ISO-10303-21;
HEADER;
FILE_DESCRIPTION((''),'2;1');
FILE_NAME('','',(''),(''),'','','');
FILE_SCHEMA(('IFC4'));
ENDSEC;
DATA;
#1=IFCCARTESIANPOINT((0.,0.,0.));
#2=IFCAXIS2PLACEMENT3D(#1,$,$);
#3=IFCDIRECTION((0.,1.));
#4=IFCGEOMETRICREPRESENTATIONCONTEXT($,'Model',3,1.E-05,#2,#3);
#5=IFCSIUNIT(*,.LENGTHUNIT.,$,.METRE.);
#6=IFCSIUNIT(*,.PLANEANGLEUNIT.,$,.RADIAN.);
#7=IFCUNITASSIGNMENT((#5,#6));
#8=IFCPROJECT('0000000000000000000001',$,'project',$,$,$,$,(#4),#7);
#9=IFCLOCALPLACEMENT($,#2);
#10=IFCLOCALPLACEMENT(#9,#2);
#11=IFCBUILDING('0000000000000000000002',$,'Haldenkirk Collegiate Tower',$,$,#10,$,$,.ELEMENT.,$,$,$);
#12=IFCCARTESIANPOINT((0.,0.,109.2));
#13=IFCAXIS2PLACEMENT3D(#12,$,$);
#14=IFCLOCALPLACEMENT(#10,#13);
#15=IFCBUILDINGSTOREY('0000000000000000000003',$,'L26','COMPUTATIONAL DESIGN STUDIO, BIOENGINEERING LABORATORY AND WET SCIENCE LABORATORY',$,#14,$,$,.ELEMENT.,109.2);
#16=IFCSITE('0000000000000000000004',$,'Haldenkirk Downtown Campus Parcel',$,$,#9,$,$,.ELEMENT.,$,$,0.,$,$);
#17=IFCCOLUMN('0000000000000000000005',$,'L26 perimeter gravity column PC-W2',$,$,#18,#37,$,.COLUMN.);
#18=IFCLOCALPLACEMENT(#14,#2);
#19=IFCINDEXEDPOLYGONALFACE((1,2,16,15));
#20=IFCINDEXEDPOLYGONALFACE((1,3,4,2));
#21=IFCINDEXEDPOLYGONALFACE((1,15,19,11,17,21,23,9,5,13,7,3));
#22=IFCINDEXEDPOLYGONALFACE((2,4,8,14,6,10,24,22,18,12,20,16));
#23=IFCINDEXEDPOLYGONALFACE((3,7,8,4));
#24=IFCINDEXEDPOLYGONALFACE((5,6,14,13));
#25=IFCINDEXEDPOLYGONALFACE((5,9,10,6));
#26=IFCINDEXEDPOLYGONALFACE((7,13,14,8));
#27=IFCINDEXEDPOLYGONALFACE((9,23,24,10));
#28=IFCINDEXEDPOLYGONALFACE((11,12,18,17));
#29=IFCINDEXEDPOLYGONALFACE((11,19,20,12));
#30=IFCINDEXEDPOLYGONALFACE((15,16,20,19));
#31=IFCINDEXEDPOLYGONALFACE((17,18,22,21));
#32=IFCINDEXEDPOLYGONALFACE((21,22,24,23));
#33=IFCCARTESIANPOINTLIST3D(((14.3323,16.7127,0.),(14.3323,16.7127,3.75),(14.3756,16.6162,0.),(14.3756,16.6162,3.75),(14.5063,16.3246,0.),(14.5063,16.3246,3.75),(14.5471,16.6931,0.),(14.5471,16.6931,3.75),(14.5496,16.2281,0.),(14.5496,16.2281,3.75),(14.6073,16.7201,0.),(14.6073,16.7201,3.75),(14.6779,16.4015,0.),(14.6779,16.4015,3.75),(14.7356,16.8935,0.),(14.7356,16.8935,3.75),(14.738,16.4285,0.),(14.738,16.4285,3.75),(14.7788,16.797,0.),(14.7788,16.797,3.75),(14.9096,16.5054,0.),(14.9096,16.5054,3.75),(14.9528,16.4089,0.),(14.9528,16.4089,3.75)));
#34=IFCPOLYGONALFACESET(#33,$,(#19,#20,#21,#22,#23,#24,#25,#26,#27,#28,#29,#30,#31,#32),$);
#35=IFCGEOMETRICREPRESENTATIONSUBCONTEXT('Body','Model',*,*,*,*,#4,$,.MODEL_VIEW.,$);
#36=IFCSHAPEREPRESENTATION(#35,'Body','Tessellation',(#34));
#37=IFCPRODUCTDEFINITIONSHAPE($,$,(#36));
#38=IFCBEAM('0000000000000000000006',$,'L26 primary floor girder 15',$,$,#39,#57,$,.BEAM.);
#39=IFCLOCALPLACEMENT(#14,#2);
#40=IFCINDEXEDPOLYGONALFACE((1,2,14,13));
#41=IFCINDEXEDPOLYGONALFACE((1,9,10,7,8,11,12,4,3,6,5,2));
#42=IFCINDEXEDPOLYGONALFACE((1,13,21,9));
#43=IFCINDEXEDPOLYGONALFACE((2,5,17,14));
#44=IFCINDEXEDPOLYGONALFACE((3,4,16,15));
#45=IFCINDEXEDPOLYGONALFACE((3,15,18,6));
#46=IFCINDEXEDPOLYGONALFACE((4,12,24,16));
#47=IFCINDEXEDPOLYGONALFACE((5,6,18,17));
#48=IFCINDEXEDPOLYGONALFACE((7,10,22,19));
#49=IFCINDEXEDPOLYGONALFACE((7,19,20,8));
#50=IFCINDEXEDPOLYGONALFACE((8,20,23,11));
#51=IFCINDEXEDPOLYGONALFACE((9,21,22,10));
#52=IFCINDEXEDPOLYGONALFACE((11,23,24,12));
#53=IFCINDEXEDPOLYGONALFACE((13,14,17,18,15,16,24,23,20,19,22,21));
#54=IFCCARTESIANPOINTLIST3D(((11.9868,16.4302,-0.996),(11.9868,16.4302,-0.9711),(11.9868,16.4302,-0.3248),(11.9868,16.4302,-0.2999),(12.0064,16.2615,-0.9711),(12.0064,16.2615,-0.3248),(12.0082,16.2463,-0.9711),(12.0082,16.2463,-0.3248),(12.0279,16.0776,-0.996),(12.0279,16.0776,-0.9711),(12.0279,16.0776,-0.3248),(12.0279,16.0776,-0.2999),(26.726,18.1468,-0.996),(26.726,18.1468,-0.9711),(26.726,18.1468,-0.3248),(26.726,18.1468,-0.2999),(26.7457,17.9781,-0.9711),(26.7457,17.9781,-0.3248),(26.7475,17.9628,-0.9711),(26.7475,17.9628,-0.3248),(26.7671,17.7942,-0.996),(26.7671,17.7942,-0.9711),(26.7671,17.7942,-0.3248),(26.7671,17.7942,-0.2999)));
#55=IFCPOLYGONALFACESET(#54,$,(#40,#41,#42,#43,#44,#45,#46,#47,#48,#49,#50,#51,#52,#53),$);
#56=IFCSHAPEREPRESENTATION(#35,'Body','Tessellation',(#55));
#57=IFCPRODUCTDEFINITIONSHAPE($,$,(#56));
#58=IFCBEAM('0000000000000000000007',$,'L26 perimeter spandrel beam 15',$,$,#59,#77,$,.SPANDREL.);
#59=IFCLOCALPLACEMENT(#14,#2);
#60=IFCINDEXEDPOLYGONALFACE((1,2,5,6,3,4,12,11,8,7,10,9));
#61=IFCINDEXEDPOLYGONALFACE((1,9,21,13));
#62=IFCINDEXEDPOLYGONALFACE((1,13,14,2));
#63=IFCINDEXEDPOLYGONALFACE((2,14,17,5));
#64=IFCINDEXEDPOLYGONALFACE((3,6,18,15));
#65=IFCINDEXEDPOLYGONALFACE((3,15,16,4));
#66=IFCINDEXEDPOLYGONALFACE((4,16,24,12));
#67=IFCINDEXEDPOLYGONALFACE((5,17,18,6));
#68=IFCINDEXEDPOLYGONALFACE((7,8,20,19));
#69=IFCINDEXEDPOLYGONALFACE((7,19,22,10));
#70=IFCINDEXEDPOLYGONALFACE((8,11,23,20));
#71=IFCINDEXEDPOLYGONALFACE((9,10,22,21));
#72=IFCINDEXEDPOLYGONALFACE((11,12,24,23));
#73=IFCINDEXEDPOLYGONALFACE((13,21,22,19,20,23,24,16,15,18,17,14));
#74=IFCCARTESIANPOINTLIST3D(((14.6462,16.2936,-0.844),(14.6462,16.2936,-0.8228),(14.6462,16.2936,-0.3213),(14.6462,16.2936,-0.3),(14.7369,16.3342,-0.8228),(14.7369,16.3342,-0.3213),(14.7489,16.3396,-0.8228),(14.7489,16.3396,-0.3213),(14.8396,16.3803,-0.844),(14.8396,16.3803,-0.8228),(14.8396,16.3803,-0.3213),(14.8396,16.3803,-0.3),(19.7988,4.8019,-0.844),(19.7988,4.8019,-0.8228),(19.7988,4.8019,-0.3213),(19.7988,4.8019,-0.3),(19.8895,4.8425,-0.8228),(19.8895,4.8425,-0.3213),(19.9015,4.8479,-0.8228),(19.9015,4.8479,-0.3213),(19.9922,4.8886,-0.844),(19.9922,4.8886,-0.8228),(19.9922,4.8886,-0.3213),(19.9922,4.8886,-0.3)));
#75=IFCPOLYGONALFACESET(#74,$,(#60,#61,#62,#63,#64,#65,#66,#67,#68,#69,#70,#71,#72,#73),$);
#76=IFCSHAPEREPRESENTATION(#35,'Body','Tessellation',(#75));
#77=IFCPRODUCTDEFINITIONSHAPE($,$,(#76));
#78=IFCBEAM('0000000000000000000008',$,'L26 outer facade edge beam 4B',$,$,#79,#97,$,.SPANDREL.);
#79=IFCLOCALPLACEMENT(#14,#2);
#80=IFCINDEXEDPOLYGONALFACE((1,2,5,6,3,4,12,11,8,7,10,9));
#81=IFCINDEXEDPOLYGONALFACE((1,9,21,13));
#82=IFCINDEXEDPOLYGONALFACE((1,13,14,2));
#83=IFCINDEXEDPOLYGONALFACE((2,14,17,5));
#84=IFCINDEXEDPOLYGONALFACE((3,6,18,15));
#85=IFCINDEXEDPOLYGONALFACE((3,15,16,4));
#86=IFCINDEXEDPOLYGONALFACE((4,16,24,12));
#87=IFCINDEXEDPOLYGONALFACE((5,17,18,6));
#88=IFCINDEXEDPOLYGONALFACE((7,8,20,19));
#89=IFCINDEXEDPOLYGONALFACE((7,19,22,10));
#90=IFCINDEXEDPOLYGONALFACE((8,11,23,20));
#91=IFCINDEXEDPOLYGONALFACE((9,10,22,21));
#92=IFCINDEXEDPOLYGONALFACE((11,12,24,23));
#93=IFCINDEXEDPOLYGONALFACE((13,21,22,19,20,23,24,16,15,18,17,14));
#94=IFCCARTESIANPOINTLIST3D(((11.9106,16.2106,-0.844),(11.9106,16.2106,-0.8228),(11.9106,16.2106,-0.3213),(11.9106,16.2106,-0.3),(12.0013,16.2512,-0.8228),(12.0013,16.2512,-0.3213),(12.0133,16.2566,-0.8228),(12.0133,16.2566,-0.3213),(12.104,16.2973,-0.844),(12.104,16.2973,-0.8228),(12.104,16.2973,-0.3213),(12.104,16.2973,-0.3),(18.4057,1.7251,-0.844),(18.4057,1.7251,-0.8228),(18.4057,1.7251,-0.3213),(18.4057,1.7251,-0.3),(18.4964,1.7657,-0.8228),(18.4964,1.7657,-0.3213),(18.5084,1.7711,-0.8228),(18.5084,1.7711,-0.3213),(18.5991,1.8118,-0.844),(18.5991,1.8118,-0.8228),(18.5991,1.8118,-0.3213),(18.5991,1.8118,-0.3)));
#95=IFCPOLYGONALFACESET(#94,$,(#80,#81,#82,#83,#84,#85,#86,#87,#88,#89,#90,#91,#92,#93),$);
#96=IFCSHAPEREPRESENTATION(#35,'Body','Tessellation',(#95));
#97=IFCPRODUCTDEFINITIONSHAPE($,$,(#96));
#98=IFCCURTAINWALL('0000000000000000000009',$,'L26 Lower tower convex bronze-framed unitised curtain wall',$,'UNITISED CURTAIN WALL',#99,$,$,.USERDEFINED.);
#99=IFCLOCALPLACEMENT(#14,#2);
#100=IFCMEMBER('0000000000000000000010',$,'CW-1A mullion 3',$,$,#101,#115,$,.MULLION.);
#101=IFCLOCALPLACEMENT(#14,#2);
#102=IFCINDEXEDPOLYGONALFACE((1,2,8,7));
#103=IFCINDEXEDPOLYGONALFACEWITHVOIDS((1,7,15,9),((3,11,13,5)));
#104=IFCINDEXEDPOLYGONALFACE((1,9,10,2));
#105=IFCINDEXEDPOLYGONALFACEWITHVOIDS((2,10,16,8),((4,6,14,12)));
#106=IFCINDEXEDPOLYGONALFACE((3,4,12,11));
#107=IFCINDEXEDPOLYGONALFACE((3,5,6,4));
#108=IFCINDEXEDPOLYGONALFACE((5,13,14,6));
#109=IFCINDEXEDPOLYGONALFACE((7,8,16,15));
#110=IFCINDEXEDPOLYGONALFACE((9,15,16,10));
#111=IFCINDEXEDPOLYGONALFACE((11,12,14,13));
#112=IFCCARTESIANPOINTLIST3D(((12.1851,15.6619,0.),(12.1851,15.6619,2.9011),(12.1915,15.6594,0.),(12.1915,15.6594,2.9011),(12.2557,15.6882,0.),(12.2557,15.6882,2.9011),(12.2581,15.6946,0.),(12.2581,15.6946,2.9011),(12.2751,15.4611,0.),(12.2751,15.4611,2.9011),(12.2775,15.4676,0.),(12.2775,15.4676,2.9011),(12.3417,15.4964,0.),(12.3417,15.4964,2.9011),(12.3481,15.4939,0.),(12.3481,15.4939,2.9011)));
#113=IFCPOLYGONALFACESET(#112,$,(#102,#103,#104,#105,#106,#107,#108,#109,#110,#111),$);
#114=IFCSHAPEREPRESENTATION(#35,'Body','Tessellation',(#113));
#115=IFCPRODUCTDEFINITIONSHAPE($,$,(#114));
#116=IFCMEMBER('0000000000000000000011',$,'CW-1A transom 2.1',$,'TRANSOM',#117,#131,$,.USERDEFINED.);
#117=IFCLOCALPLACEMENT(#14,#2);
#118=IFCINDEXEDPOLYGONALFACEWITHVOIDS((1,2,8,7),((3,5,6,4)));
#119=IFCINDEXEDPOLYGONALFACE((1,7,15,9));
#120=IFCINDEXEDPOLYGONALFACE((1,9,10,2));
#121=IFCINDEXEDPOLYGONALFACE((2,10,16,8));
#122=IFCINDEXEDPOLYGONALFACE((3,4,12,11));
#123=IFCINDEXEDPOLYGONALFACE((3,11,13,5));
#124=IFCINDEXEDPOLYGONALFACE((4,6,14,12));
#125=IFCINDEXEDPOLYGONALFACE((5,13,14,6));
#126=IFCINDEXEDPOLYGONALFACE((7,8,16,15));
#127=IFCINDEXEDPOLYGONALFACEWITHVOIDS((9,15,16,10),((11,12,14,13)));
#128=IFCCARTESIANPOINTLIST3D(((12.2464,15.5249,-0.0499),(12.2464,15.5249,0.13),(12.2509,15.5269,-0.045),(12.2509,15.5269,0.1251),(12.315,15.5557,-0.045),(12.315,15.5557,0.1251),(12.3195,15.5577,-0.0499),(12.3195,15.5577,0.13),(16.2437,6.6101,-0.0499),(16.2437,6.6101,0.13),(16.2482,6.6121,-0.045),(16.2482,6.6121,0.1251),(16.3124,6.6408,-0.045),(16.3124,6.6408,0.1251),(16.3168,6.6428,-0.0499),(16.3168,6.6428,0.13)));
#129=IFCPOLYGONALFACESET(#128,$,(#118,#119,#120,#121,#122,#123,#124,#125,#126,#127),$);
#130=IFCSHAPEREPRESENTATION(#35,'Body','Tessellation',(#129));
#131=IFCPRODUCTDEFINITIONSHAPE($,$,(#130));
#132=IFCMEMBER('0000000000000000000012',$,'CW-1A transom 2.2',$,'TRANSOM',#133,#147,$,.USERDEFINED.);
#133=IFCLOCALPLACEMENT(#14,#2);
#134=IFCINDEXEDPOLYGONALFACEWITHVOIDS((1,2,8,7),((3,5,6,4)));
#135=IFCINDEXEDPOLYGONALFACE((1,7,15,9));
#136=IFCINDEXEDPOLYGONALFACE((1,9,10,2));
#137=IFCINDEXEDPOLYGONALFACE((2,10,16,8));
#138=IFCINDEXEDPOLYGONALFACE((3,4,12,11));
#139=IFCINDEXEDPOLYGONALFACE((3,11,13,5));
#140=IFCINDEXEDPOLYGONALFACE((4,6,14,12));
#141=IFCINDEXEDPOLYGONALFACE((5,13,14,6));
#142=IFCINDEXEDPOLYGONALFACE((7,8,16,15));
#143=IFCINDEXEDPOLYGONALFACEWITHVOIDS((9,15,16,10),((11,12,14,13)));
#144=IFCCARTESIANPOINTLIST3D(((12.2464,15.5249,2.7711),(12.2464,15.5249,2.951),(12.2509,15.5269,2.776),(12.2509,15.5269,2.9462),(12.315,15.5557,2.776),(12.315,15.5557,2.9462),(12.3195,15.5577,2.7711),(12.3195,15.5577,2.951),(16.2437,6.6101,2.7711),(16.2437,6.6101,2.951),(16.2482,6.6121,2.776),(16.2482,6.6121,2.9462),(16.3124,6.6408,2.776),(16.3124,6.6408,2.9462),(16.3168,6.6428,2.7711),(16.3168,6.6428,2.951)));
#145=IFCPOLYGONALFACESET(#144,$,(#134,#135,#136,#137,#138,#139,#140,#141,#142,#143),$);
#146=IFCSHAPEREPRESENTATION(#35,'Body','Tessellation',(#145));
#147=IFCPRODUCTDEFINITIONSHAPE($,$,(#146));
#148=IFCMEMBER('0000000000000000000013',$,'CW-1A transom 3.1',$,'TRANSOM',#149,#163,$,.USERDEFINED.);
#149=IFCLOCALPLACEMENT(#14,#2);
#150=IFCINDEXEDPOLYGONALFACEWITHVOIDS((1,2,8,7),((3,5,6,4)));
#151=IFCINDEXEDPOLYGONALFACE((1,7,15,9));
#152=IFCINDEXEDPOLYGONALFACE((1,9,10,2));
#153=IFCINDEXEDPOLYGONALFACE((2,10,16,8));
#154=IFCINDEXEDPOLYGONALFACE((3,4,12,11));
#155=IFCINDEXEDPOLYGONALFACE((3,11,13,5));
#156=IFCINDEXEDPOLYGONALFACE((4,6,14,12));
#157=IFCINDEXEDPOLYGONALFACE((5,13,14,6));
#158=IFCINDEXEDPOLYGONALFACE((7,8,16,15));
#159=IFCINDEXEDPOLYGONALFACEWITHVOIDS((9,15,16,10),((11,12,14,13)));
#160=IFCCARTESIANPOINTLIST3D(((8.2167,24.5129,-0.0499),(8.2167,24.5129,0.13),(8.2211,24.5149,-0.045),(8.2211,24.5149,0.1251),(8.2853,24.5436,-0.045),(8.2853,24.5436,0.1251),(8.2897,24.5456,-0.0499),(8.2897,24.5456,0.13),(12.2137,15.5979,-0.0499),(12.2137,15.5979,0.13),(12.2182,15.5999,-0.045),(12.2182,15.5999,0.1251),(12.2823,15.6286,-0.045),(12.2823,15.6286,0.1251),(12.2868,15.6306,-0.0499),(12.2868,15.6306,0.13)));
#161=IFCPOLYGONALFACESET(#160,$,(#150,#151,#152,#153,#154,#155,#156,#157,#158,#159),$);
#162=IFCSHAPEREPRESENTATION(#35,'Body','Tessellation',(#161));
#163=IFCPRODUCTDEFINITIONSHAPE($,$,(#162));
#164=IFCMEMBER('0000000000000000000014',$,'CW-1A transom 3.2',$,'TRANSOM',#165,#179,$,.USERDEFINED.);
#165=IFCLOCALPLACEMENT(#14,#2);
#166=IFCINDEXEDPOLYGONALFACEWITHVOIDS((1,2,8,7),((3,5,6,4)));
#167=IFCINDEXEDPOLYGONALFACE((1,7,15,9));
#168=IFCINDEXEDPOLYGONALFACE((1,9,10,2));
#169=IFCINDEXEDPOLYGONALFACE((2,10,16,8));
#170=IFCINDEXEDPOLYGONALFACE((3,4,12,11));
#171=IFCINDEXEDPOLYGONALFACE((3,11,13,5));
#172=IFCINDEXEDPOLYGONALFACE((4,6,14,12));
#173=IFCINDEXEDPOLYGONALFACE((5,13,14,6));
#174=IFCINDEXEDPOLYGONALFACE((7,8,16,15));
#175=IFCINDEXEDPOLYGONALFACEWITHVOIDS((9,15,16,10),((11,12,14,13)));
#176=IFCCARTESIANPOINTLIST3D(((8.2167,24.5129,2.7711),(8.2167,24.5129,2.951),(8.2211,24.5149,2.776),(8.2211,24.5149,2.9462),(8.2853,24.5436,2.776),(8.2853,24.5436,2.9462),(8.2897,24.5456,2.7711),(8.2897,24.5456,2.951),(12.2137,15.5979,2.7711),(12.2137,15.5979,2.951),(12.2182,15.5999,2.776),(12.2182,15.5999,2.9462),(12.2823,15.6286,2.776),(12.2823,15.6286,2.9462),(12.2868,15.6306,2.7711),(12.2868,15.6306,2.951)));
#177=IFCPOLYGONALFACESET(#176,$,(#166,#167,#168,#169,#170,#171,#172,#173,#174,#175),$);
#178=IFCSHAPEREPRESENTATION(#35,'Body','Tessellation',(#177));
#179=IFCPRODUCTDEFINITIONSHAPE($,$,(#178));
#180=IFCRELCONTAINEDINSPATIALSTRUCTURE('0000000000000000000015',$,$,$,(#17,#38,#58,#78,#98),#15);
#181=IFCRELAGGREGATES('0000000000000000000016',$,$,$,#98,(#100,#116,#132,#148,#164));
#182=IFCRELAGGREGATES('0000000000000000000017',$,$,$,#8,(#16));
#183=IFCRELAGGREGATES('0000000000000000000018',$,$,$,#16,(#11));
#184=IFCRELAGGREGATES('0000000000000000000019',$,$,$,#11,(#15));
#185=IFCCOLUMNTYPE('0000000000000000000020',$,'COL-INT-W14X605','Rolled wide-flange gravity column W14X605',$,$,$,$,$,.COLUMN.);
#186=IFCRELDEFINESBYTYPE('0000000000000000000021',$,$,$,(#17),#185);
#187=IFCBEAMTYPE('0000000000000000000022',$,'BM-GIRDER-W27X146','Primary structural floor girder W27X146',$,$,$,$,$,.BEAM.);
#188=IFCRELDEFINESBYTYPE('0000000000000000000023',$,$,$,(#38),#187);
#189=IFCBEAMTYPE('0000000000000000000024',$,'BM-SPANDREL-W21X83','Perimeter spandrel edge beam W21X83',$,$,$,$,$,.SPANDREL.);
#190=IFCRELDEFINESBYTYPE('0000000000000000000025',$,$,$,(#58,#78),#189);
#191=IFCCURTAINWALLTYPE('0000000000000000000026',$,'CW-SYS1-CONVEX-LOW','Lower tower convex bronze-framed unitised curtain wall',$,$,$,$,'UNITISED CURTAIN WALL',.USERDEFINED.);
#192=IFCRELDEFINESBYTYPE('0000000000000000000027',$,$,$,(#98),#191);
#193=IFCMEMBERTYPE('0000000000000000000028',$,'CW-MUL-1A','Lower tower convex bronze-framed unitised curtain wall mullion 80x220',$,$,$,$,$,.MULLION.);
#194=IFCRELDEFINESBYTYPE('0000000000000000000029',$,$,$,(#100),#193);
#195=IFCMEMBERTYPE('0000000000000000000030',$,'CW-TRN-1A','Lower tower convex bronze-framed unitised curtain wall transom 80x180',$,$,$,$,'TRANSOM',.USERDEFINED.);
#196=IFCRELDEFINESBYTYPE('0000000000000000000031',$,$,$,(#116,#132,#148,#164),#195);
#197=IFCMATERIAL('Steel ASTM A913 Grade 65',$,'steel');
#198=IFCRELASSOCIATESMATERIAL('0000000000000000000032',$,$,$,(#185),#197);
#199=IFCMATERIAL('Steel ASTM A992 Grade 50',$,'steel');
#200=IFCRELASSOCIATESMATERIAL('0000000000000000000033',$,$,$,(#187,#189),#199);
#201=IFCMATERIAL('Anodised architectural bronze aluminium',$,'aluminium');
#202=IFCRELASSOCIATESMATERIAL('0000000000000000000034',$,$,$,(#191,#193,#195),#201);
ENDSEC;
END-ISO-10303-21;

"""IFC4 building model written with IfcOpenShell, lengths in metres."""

from ifc_helpers import new_model, si_unit, direction, frame, origin, origin_2d, place, context, subcontext, project, spatial, hollow_rectangle, i_section, extrude, material, material_profile, profile_set, type_object, element, aggregate, save


model = new_model("IFC4")

# Units and contexts
model_context = context("Model", 3, precision=1e-05, world=origin(), true_north=direction((0.0, 1.0)))
body_context = subcontext(model_context, "Body", "Model", "MODEL_VIEW")
ifc_project = project(units=[si_unit("LENGTHUNIT", "METRE"), si_unit("PLANEANGLEUNIT", "RADIAN")], contexts=[model_context])

# Site, building, storey
site_placement = place(None, origin())
site = spatial("IfcSite", under=ifc_project, at=site_placement, Name="Haldenkirk Downtown Campus Parcel", CompositionType="ELEMENT", RefElevation=0.0)
building_placement = place(site_placement, origin())
building = spatial("IfcBuilding", under=site, at=building_placement, Name="Haldenkirk Collegiate Tower", CompositionType="ELEMENT")
storey_placement = place(building_placement, frame((0.0, 0.0, 109.2)))
storey = spatial("IfcBuildingStorey", under=building, at=storey_placement, Name="L26", Description="COMPUTATIONAL DESIGN STUDIO, BIOENGINEERING LABORATORY AND WET SCIENCE LABORATORY", CompositionType="ELEMENT", Elevation=109.2)

# Column
ifc_material_1 = material(Name="Steel ASTM A913 Grade 65", Category="steel")
ifc_material_profile_1 = material_profile(ifc_material_1, i_section(OverallWidth=0.4419, OverallDepth=0.531, WebThickness=0.0659, FlangeThickness=0.1057, at=origin_2d()), Name="W14X605")
ifc_profile_set_1 = profile_set([ifc_material_profile_1], Name="Steel ASTM A913 Grade 65")
column_type = type_object("IfcColumnType", Name="COL-INT-W14X605", Description="Rolled wide-flange gravity column W14X605", PredefinedType="COLUMN", material=ifc_profile_set_1)
column_placement = place(storey_placement, frame((14.6426, 16.5608, 0.0), z_axis=(0.0, 0.0, 1.0), x_axis=(0.912477, 0.409127, 0.0)))
element("IfcColumn", 1, at=column_placement, inside=storey, type_object=column_type, Name="L26 perimeter gravity column PC-W2", PredefinedType="COLUMN", context=body_context, shape_type="SweptSolid", body=[
    extrude(i_section(OverallWidth=0.4419, OverallDepth=0.531, WebThickness=0.0659, FlangeThickness=0.1057, at=origin_2d()), origin(), (0.0, 0.0, 1.0), 3.75),
])

# Beams
ifc_material_2 = material(Name="Steel ASTM A992 Grade 50", Category="steel")
ifc_material_profile_2 = material_profile(ifc_material_2, i_section(OverallWidth=0.355, OverallDepth=0.696, WebThickness=0.0154, FlangeThickness=0.0249, at=origin_2d()), Name="W27X146")
ifc_profile_set_2 = profile_set([ifc_material_profile_2], Name="Steel ASTM A992 Grade 50")
beam_type_1 = type_object("IfcBeamType", Name="BM-GIRDER-W27X146", Description="Primary structural floor girder W27X146", PredefinedType="BEAM", material=ifc_profile_set_2)
beam_1_placement = place(storey_placement, frame((12.0073, 16.2539, -0.6479), z_axis=(0.993287, 0.115679, 0.0), x_axis=(-0.115679, 0.993287, 0.0)))
element("IfcBeam", 2, at=beam_1_placement, inside=storey, type_object=beam_type_1, Name="L26 primary floor girder 15", PredefinedType="BEAM", context=body_context, shape_type="SweptSolid", body=[
    extrude(i_section(OverallWidth=0.355, OverallDepth=0.696, WebThickness=0.0154, FlangeThickness=0.0249, at=origin_2d()), origin(), (0.0, 0.0, 1.0), 14.8389),
])
ifc_material_profile_3 = material_profile(ifc_material_2, i_section(OverallWidth=0.2119, OverallDepth=0.5439, WebThickness=0.0132, FlangeThickness=0.0212, at=origin_2d()), Name="W21X83")
ifc_profile_set_3 = profile_set([ifc_material_profile_3], Name="Steel ASTM A992 Grade 50")
beam_type_2 = type_object("IfcBeamType", Name="BM-SPANDREL-W21X83", Description="Perimeter spandrel edge beam W21X83", PredefinedType="SPANDREL", material=ifc_profile_set_3)
beam_2_placement = place(storey_placement, frame((14.7429, 16.3369, -0.572), z_axis=(0.409131, -0.912476, 0.0), x_axis=(0.912476, 0.409131, 0.0)))
element("IfcBeam", 3, at=beam_2_placement, inside=storey, type_object=beam_type_2, Name="L26 perimeter spandrel beam 15", PredefinedType="SPANDREL", context=body_context, shape_type="SweptSolid", body=[
    extrude(i_section(OverallWidth=0.2119, OverallDepth=0.5439, WebThickness=0.0132, FlangeThickness=0.0212, at=origin_2d()), origin(), (0.0, 0.0, 1.0), 12.594),
])
beam_3_placement = place(storey_placement, frame((12.0073, 16.2539, -0.572), z_axis=(0.409138, -0.912472, 0.0), x_axis=(0.912472, 0.409138, 0.0)))
element("IfcBeam", 4, at=beam_3_placement, inside=storey, type_object=beam_type_2, Name="L26 outer facade edge beam 4B", PredefinedType="SPANDREL", context=body_context, shape_type="SweptSolid", body=[
    extrude(i_section(OverallWidth=0.2119, OverallDepth=0.5439, WebThickness=0.0132, FlangeThickness=0.0212, at=origin_2d()), origin(), (0.0, 0.0, 1.0), 15.875),
])

# Curtain wall, members
ifc_material_3 = material(Name="Anodised architectural bronze aluminium", Category="aluminium")
curtain_wall_type = type_object("IfcCurtainWallType", Name="CW-SYS1-CONVEX-LOW", Description="Lower tower convex bronze-framed unitised curtain wall", ElementType="UNITISED CURTAIN WALL", PredefinedType="USERDEFINED", material=ifc_material_3)
curtain_wall_placement = place(storey_placement, origin())
curtain_wall = element("IfcCurtainWall", 5, at=curtain_wall_placement, inside=storey, type_object=curtain_wall_type, Name="L26 Lower tower convex bronze-framed unitised curtain wall", ObjectType="UNITISED CURTAIN WALL", PredefinedType="USERDEFINED")
ifc_material_profile_4 = material_profile(ifc_material_3, hollow_rectangle(XDim=0.0801, YDim=0.22, WallThickness=0.0049, at=origin_2d()), Name="CW-MUL-1A")
ifc_profile_set_4 = profile_set([ifc_material_profile_4], Name="Anodised architectural bronze aluminium")
member_type_1 = type_object("IfcMemberType", Name="CW-MUL-1A", Description="Lower tower convex bronze-framed unitised curtain wall mullion 80x220", PredefinedType="MULLION", material=ifc_profile_set_4)
member_1_placement = place(storey_placement, frame((12.2666, 15.5779, 0.0), z_axis=(0.0, 0.0, 1.0), x_axis=(-0.912478, -0.409126, 0.0)))
member_1 = element("IfcMember", 6, at=member_1_placement, type_object=member_type_1, Name="CW-1A mullion 3", PredefinedType="MULLION", context=body_context, shape_type="SweptSolid", body=[
    extrude(hollow_rectangle(XDim=0.0801, YDim=0.22, WallThickness=0.0049, at=origin_2d()), origin(), (0.0, 0.0, 1.0), 2.9011),
])
ifc_material_profile_5 = material_profile(ifc_material_3, hollow_rectangle(XDim=0.0801, YDim=0.1799, WallThickness=0.0049, at=origin_2d()), Name="CW-TRN-1A")
ifc_profile_set_5 = profile_set([ifc_material_profile_5], Name="Anodised architectural bronze aluminium")
member_type_2 = type_object("IfcMemberType", Name="CW-TRN-1A", Description="Lower tower convex bronze-framed unitised curtain wall transom 80x180", ElementType="TRANSOM", PredefinedType="USERDEFINED", material=ifc_profile_set_5)
member_2_placement = place(storey_placement, frame((16.2803, 6.6265, 0.04), z_axis=(-0.409143, 0.91247, 0.0), x_axis=(-0.91247, -0.409143, 0.0)))
member_2 = element("IfcMember", 7, at=member_2_placement, type_object=member_type_2, Name="CW-1A transom 2.1", ObjectType="TRANSOM", PredefinedType="USERDEFINED", context=body_context, shape_type="SweptSolid", body=[
    extrude(hollow_rectangle(XDim=0.0801, YDim=0.1799, WallThickness=0.0049, at=origin_2d()), origin(), (0.0, 0.0, 1.0), 9.77),
])
member_3_placement = place(storey_placement, frame((16.2803, 6.6265, 2.8611), z_axis=(-0.409143, 0.91247, 0.0), x_axis=(-0.91247, -0.409143, 0.0)))
member_3 = element("IfcMember", 8, at=member_3_placement, type_object=member_type_2, Name="CW-1A transom 2.2", ObjectType="TRANSOM", PredefinedType="USERDEFINED", context=body_context, shape_type="SweptSolid", body=[
    extrude(hollow_rectangle(XDim=0.0801, YDim=0.1799, WallThickness=0.0049, at=origin_2d()), origin(), (0.0, 0.0, 1.0), 9.77),
])
member_4_placement = place(storey_placement, frame((12.2502, 15.6143, 0.04), z_axis=(-0.409113, 0.912484, 0.0), x_axis=(-0.912484, -0.409113, 0.0)))
member_4 = element("IfcMember", 9, at=member_4_placement, type_object=member_type_2, Name="CW-1A transom 3.1", ObjectType="TRANSOM", PredefinedType="USERDEFINED", context=body_context, shape_type="SweptSolid", body=[
    extrude(hollow_rectangle(XDim=0.0801, YDim=0.1799, WallThickness=0.0049, at=origin_2d()), origin(), (0.0, 0.0, 1.0), 9.77),
])
member_5_placement = place(storey_placement, frame((12.2502, 15.6143, 2.8611), z_axis=(-0.409113, 0.912484, 0.0), x_axis=(-0.912484, -0.409113, 0.0)))
member_5 = element("IfcMember", 10, at=member_5_placement, type_object=member_type_2, Name="CW-1A transom 3.2", ObjectType="TRANSOM", PredefinedType="USERDEFINED", context=body_context, shape_type="SweptSolid", body=[
    extrude(hollow_rectangle(XDim=0.0801, YDim=0.1799, WallThickness=0.0049, at=origin_2d()), origin(), (0.0, 0.0, 1.0), 9.77),
])

aggregate(curtain_wall, [member_1, member_2, member_3, member_4, member_5])

save(model, "model.ifc")
